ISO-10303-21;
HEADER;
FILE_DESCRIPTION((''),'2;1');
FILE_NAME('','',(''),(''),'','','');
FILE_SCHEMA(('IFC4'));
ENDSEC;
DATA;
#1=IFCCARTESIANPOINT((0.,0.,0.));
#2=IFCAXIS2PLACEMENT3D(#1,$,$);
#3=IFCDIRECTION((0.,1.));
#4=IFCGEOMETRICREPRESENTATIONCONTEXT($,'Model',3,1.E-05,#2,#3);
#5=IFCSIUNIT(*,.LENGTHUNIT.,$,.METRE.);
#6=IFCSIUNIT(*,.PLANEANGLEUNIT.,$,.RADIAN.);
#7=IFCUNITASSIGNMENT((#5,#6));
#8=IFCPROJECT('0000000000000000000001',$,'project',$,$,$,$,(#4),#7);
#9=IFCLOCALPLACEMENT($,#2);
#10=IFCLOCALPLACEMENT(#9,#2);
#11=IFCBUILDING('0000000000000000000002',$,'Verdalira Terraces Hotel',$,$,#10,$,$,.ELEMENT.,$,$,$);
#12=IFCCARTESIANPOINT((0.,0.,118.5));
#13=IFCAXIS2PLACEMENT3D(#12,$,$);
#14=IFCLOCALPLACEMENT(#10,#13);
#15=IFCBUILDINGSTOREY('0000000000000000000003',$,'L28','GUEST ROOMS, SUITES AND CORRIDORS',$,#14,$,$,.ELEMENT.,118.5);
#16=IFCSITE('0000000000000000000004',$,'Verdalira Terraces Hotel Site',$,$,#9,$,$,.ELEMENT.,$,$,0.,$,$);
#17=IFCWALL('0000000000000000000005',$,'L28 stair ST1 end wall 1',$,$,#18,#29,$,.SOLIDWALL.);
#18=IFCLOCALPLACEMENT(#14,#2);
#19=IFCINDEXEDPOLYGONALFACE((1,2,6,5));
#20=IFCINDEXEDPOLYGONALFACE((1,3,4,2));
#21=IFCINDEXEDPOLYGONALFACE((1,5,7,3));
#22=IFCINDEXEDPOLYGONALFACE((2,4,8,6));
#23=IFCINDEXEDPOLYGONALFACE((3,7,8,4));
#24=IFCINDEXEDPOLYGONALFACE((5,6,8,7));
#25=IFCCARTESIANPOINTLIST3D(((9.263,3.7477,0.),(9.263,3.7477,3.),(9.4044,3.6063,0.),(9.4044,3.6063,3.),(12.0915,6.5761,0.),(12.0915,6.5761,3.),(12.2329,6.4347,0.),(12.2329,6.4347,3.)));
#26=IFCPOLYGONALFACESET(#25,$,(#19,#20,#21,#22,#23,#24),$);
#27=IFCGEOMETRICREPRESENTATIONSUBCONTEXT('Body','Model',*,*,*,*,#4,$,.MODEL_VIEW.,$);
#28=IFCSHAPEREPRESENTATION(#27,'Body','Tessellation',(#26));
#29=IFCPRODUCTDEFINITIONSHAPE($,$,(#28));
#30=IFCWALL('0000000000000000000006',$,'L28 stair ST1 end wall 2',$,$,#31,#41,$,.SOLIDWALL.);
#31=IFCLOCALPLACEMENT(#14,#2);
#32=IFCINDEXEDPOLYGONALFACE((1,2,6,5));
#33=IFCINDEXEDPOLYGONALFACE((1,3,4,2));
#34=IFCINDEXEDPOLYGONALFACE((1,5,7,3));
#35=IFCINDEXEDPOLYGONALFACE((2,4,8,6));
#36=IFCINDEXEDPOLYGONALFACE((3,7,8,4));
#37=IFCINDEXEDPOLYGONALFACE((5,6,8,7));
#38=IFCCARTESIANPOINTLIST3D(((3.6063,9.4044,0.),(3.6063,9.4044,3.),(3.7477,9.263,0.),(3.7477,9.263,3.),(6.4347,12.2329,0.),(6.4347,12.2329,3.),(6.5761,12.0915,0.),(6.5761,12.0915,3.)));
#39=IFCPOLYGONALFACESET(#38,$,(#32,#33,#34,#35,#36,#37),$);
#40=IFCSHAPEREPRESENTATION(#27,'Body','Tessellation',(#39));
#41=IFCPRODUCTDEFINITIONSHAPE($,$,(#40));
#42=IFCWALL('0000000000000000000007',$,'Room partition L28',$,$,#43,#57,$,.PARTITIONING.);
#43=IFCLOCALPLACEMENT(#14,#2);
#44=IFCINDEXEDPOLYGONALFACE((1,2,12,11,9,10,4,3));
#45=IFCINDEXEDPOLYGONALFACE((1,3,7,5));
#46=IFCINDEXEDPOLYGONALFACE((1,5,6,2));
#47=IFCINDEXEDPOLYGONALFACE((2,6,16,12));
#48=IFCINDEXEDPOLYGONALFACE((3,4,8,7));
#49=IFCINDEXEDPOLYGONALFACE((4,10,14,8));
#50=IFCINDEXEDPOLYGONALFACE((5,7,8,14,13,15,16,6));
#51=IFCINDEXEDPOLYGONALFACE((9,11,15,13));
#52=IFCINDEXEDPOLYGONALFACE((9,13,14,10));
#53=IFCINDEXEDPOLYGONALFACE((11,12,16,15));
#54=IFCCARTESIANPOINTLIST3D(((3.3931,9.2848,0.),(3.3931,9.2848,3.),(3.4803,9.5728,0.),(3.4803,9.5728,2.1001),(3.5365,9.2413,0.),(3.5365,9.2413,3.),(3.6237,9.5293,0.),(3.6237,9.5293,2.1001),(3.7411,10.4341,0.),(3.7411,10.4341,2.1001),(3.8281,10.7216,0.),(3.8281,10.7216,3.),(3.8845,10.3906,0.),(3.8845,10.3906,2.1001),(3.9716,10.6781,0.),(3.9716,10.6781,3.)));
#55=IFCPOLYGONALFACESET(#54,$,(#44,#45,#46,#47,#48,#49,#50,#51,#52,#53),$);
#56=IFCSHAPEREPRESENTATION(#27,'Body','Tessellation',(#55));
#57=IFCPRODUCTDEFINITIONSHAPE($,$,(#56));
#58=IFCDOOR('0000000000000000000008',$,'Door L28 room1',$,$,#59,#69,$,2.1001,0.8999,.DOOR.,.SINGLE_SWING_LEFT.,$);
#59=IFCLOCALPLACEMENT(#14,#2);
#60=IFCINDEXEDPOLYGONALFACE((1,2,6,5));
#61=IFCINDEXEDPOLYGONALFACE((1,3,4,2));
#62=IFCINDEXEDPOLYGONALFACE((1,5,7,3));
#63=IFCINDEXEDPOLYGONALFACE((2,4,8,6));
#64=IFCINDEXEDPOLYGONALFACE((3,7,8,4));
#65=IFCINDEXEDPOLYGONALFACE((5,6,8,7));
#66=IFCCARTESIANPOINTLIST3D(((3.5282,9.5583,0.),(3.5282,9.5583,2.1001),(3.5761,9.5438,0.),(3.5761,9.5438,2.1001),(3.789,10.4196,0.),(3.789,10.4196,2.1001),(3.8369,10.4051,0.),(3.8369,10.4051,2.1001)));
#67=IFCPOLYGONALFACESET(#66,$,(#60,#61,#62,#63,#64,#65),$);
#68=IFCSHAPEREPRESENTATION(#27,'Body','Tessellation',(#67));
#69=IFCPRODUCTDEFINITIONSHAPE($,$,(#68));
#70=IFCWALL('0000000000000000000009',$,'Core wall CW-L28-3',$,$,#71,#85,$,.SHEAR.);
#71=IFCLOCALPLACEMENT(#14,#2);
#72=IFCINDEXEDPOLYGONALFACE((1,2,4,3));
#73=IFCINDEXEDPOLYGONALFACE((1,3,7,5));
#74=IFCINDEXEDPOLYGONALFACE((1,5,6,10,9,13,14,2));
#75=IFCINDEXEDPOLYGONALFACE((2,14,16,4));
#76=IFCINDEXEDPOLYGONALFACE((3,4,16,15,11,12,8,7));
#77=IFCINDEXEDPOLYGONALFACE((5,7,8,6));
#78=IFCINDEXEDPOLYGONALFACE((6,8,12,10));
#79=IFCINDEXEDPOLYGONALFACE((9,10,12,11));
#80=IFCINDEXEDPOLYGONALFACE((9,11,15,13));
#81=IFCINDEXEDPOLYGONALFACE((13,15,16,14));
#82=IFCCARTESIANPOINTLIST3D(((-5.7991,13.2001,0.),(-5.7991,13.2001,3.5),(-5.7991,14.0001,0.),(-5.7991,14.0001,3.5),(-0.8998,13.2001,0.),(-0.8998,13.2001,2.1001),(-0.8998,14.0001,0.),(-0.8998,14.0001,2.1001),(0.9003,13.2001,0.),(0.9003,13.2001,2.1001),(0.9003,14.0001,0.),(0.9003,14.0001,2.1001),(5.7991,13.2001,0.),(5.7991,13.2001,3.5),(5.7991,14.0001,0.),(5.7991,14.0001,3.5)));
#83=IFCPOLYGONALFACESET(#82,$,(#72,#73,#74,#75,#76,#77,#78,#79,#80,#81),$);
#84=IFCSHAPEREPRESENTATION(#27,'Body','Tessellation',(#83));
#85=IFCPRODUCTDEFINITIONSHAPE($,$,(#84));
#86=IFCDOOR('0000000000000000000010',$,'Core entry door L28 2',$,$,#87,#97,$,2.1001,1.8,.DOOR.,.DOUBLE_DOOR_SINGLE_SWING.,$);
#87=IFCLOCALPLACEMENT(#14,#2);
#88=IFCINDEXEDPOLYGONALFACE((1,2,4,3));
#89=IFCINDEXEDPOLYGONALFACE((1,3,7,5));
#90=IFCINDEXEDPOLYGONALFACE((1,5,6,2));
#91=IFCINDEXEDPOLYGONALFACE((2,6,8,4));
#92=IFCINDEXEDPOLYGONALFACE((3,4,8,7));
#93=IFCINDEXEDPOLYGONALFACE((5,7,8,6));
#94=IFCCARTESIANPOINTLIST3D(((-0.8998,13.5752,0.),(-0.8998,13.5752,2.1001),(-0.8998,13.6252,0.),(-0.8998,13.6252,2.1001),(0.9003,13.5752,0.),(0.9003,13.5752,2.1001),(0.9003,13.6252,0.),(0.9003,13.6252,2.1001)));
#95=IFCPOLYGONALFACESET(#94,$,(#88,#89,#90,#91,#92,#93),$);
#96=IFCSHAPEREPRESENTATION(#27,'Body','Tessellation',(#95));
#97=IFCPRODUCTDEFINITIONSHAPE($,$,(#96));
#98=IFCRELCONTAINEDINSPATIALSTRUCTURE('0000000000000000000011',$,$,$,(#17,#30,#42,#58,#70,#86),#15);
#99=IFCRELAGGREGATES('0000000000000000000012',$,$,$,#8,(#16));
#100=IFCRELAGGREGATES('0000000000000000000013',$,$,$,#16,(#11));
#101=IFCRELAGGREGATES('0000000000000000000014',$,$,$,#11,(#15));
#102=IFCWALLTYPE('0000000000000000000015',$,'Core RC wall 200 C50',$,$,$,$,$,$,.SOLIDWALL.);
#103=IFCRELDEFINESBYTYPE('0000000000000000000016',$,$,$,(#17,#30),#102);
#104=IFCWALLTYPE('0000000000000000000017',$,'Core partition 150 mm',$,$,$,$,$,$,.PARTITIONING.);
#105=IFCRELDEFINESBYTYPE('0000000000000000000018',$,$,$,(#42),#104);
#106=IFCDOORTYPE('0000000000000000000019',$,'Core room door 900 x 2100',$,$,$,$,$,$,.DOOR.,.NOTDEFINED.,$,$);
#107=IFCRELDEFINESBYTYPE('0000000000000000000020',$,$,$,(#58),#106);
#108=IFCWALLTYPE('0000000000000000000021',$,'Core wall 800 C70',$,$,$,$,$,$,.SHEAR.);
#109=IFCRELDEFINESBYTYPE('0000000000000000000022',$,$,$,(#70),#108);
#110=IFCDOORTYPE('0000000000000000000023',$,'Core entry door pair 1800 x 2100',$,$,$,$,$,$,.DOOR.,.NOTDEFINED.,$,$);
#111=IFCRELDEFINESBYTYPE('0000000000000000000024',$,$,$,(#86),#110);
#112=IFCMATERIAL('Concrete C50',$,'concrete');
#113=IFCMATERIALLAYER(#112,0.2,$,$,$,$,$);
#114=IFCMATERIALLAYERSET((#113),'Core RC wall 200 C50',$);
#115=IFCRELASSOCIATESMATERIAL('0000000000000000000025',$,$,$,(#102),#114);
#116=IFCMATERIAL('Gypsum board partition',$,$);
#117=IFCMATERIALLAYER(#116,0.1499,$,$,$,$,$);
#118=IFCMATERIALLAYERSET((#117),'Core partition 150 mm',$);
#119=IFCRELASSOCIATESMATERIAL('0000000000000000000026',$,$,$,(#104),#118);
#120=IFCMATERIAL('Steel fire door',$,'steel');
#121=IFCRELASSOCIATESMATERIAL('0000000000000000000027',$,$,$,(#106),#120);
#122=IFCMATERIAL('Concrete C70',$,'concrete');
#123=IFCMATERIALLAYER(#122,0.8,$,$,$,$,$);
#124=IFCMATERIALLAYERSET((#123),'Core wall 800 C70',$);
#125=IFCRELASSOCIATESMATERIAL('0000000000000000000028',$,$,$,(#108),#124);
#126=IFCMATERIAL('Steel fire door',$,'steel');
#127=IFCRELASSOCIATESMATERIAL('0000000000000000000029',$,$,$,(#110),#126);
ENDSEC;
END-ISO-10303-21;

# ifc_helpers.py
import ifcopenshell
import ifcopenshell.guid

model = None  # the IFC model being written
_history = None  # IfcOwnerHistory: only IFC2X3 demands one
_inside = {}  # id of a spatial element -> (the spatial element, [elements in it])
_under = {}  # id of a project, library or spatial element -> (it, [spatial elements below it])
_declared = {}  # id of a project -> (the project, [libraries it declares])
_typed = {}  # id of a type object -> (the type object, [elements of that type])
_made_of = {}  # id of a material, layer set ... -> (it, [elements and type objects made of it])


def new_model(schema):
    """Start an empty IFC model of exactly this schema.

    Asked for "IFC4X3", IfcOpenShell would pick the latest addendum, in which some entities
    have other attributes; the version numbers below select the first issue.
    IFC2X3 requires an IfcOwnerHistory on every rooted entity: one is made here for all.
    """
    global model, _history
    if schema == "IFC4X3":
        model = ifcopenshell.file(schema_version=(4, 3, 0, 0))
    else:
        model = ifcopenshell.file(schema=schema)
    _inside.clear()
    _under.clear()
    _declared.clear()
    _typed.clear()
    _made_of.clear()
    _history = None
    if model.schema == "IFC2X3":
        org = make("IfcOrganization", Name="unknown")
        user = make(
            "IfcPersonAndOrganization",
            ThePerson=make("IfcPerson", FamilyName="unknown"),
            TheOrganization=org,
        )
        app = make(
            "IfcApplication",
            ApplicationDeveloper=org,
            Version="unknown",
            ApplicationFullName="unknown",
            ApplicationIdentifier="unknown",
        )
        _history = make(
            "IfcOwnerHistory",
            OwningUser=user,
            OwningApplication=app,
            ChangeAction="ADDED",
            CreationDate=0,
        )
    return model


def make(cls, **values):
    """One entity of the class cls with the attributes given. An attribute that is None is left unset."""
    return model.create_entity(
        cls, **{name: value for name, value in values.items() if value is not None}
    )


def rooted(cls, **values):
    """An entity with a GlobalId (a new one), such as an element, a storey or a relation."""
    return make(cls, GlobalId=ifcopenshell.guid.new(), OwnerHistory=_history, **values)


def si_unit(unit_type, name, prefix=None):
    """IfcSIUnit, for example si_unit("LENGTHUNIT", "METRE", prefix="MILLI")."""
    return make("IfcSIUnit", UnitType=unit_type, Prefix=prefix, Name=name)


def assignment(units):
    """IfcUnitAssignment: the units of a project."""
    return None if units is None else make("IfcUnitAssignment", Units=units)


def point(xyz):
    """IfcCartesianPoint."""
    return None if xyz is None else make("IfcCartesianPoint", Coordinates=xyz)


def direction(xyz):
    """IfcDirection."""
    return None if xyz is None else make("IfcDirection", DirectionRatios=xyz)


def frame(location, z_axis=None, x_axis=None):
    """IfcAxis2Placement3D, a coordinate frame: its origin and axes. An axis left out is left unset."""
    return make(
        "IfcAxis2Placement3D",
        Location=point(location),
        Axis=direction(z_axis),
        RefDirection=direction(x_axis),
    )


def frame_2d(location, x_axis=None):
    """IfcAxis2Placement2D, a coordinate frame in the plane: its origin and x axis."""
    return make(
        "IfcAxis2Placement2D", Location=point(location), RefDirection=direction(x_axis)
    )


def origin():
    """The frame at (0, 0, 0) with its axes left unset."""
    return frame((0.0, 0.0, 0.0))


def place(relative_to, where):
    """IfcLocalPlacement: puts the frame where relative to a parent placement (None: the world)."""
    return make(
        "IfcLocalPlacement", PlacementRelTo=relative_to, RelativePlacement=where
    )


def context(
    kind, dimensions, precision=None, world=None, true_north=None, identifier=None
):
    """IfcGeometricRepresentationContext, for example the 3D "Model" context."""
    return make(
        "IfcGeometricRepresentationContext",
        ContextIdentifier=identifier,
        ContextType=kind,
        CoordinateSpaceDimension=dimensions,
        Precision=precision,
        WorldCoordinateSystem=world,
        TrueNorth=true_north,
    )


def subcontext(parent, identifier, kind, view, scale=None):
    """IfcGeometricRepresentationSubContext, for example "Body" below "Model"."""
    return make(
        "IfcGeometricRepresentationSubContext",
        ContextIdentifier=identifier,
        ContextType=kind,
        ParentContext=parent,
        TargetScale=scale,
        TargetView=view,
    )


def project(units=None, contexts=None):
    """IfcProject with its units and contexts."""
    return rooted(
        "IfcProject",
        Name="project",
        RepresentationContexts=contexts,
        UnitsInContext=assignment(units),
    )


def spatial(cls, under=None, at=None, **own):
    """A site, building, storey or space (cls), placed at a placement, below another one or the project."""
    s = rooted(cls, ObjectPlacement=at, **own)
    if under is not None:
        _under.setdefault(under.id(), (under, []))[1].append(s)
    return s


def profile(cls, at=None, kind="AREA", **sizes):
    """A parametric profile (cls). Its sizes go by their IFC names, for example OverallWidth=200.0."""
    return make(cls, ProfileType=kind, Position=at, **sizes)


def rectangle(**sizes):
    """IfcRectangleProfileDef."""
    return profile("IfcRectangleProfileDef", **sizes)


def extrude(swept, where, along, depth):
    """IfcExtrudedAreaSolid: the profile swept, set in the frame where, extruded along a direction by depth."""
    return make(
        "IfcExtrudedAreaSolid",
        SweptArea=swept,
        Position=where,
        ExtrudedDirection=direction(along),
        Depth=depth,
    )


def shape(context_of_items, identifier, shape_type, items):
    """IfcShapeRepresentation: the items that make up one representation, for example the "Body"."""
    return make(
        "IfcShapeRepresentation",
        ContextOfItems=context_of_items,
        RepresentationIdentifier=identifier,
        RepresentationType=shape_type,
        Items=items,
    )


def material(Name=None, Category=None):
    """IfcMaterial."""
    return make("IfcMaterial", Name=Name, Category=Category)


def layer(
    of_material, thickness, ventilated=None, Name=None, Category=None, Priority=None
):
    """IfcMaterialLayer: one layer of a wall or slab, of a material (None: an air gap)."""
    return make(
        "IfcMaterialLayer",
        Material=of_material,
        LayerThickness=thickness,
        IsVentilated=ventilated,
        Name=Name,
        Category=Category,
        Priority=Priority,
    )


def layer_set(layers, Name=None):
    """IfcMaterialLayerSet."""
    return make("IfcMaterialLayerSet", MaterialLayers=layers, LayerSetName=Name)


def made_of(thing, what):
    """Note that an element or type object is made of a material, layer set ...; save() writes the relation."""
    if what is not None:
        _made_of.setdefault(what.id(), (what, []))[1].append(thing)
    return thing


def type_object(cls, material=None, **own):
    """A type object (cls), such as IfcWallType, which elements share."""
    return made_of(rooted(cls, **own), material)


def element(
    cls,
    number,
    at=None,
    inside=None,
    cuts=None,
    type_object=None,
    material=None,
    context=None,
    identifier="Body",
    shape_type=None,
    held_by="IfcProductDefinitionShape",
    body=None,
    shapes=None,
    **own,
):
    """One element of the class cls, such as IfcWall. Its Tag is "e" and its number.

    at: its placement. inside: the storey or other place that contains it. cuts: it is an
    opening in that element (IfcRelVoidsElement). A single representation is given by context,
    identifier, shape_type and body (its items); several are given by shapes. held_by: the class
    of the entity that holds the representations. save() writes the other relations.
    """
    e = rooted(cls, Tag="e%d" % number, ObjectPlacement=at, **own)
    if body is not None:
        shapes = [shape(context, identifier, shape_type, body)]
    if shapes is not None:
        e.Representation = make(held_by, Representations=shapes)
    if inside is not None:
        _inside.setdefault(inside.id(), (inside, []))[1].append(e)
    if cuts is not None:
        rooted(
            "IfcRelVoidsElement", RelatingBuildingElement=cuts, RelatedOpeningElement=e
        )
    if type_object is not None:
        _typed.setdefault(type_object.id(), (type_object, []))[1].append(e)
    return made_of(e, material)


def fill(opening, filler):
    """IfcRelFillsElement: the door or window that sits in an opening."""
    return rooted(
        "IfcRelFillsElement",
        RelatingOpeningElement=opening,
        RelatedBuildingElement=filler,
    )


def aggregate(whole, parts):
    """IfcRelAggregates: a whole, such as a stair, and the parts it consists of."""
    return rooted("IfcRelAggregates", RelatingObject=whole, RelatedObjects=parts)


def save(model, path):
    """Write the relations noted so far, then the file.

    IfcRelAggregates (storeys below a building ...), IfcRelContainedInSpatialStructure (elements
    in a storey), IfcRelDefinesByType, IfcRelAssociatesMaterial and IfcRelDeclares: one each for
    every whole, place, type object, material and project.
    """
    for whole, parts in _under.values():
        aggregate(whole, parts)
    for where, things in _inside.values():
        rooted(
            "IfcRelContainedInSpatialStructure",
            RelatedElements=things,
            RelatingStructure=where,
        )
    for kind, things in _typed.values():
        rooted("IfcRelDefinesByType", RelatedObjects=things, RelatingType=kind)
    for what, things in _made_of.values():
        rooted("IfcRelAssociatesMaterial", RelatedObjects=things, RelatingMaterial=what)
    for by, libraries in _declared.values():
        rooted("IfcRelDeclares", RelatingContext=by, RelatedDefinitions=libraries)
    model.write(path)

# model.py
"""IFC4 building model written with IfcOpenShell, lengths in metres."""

from ifc_helpers import new_model, si_unit, direction, frame, frame_2d, origin, place, context, subcontext, project, spatial, rectangle, extrude, material, layer, layer_set, type_object, element, fill, save


model = new_model("IFC4")

# Units and contexts
model_context = context("Model", 3, precision=1e-05, world=origin(), true_north=direction((0.0, 1.0)))
body_context = subcontext(model_context, "Body", "Model", "MODEL_VIEW")
ifc_project = project(units=[si_unit("LENGTHUNIT", "METRE"), si_unit("PLANEANGLEUNIT", "RADIAN")], contexts=[model_context])

# Site, building, storey
site_placement = place(None, origin())
site = spatial("IfcSite", under=ifc_project, at=site_placement, Name="Verdalira Terraces Hotel Site", CompositionType="ELEMENT", RefElevation=0.0)
building_placement = place(site_placement, origin())
building = spatial("IfcBuilding", under=site, at=building_placement, Name="Verdalira Terraces Hotel", CompositionType="ELEMENT")
storey_placement = place(building_placement, frame((0.0, 0.0, 118.5)))
storey = spatial("IfcBuildingStorey", under=building, at=storey_placement, Name="L28", Description="GUEST ROOMS, SUITES AND CORRIDORS", CompositionType="ELEMENT", Elevation=118.5)

# Shared definitions
ifc_material_1 = material(Name="Concrete C50", Category="concrete")
ifc_layer_1 = layer(ifc_material_1, 0.2)
ifc_layer_set_1 = layer_set([ifc_layer_1], Name="Core RC wall 200 C50")
wall_type_1 = type_object("IfcWallType", Name="Core RC wall 200 C50", PredefinedType="SOLIDWALL", material=ifc_layer_set_1)

# Walls
for number, where, z_axis, x_axis, name in (
    (1, (9.3337, 3.677, 0.0), (0.0, 0.0, 1.0), (0.707107, 0.707107, 0.0), "L28 stair ST1 end wall 1"),
    (2, (3.677, 9.3337, 0.0), (0.0, 0.0, 1.0), (0.707107, 0.707107, 0.0), "L28 stair ST1 end wall 2"),
):
    element("IfcWall", number, at=place(storey_placement, frame(where, z_axis=z_axis, x_axis=x_axis)), inside=storey, type_object=wall_type_1, Name=name, PredefinedType="SOLIDWALL", context=body_context, shape_type="SweptSolid", body=[
        extrude(rectangle(XDim=4.0, YDim=0.2, at=frame_2d((2.0, 0.0))), origin(), (0.0, 0.0, 1.0), 3.0),
    ])

# Walls, openings, doors
ifc_material_2 = material(Name="Gypsum board partition")
ifc_layer_2 = layer(ifc_material_2, 0.1499)
ifc_layer_set_2 = layer_set([ifc_layer_2], Name="Core partition 150 mm")
wall_type_2 = type_object("IfcWallType", Name="Core partition 150 mm", PredefinedType="PARTITIONING", material=ifc_layer_set_2)
wall_1_placement = place(storey_placement, frame((3.4648, 9.2632, 0.0), z_axis=(0.0, 0.0, 1.0), x_axis=(0.289809, 0.957085, 0.0)))
wall_1 = element("IfcWall", 3, at=wall_1_placement, inside=storey, type_object=wall_type_2, Name="Room partition L28", PredefinedType="PARTITIONING", context=body_context, shape_type="SweptSolid", body=[
    extrude(rectangle(XDim=1.5012, YDim=0.1499, at=frame_2d((0.7505, 0.0))), origin(), (0.0, 0.0, 1.0), 3.0),
])
opening_1_placement = place(wall_1_placement, frame((0.3008, 0.0, 0.0)))
opening_1 = element("IfcOpeningElement", 4, at=opening_1_placement, cuts=wall_1, PredefinedType="OPENING", context=body_context, shape_type="SweptSolid", body=[
    extrude(rectangle(XDim=0.8999, YDim=2.1001, at=frame_2d((0.45, 1.05))), frame((0.0, 0.085, 0.0), z_axis=(0.0, -1.0, 0.0), x_axis=(1.0, 0.0, 0.0)), (0.0, 0.0, 1.0), 0.1699),
])
ifc_material_3 = material(Name="Steel fire door", Category="steel")
door_type_1 = type_object("IfcDoorType", Name="Core room door 900 x 2100", OperationType="NOTDEFINED", PredefinedType="DOOR", material=ifc_material_3)
door_1_placement = place(opening_1_placement, origin())
door_1 = element("IfcDoor", 5, at=door_1_placement, inside=storey, type_object=door_type_1, Name="Door L28 room1", OperationType="SINGLE_SWING_LEFT", OverallHeight=2.1001, OverallWidth=0.8999, PredefinedType="DOOR", context=body_context, shape_type="SweptSolid", body=[
    extrude(rectangle(XDim=0.8999, YDim=2.1001, at=frame_2d((0.45, 1.05))), frame((0.0, 0.0249, 0.0), z_axis=(0.0, -1.0, 0.0), x_axis=(1.0, 0.0, 0.0)), (0.0, 0.0, 1.0), 0.05),
])
fill(opening_1, door_1)
ifc_material_4 = material(Name="Concrete C70", Category="concrete")
ifc_layer_3 = layer(ifc_material_4, 0.8)
ifc_layer_set_3 = layer_set([ifc_layer_3], Name="Core wall 800 C70")
wall_type_3 = type_object("IfcWallType", Name="Core wall 800 C70", PredefinedType="SHEAR", material=ifc_layer_set_3)
wall_2_placement = place(storey_placement, frame((5.7991, 13.6001, 0.0), z_axis=(0.0, 0.0, 1.0), x_axis=(-1.0, 0.0, 0.0)))
wall_2 = element("IfcWall", 6, at=wall_2_placement, inside=storey, type_object=wall_type_3, Name="Core wall CW-L28-3", PredefinedType="SHEAR", context=body_context, shape_type="SweptSolid", body=[
    extrude(rectangle(XDim=11.5981, YDim=0.8, at=frame_2d((5.7991, 0.0))), origin(), (0.0, 0.0, 1.0), 3.5),
])
opening_2_placement = place(wall_2_placement, frame((4.8989, 0.0, 0.0)))
opening_2 = element("IfcOpeningElement", 7, at=opening_2_placement, cuts=wall_2, PredefinedType="OPENING", context=body_context, shape_type="SweptSolid", body=[
    extrude(rectangle(XDim=1.8, YDim=2.1001, at=frame_2d((0.8999, 1.05))), frame((0.0, 0.4099, 0.0), z_axis=(0.0, -1.0, 0.0), x_axis=(1.0, 0.0, 0.0)), (0.0, 0.0, 1.0), 0.8201),
])
ifc_material_5 = material(Name="Steel fire door", Category="steel")
door_type_2 = type_object("IfcDoorType", Name="Core entry door pair 1800 x 2100", OperationType="NOTDEFINED", PredefinedType="DOOR", material=ifc_material_5)
door_2_placement = place(opening_2_placement, origin())
door_2 = element("IfcDoor", 8, at=door_2_placement, inside=storey, type_object=door_type_2, Name="Core entry door L28 2", OperationType="DOUBLE_DOOR_SINGLE_SWING", OverallHeight=2.1001, OverallWidth=1.8, PredefinedType="DOOR", context=body_context, shape_type="SweptSolid", body=[
    extrude(rectangle(XDim=1.8, YDim=2.1001, at=frame_2d((0.8999, 1.05))), frame((0.0, 0.0249, 0.0), z_axis=(0.0, -1.0, 0.0), x_axis=(1.0, 0.0, 0.0)), (0.0, 0.0, 1.0), 0.05),
])
fill(opening_2, door_2)

save(model, "model.ifc")
